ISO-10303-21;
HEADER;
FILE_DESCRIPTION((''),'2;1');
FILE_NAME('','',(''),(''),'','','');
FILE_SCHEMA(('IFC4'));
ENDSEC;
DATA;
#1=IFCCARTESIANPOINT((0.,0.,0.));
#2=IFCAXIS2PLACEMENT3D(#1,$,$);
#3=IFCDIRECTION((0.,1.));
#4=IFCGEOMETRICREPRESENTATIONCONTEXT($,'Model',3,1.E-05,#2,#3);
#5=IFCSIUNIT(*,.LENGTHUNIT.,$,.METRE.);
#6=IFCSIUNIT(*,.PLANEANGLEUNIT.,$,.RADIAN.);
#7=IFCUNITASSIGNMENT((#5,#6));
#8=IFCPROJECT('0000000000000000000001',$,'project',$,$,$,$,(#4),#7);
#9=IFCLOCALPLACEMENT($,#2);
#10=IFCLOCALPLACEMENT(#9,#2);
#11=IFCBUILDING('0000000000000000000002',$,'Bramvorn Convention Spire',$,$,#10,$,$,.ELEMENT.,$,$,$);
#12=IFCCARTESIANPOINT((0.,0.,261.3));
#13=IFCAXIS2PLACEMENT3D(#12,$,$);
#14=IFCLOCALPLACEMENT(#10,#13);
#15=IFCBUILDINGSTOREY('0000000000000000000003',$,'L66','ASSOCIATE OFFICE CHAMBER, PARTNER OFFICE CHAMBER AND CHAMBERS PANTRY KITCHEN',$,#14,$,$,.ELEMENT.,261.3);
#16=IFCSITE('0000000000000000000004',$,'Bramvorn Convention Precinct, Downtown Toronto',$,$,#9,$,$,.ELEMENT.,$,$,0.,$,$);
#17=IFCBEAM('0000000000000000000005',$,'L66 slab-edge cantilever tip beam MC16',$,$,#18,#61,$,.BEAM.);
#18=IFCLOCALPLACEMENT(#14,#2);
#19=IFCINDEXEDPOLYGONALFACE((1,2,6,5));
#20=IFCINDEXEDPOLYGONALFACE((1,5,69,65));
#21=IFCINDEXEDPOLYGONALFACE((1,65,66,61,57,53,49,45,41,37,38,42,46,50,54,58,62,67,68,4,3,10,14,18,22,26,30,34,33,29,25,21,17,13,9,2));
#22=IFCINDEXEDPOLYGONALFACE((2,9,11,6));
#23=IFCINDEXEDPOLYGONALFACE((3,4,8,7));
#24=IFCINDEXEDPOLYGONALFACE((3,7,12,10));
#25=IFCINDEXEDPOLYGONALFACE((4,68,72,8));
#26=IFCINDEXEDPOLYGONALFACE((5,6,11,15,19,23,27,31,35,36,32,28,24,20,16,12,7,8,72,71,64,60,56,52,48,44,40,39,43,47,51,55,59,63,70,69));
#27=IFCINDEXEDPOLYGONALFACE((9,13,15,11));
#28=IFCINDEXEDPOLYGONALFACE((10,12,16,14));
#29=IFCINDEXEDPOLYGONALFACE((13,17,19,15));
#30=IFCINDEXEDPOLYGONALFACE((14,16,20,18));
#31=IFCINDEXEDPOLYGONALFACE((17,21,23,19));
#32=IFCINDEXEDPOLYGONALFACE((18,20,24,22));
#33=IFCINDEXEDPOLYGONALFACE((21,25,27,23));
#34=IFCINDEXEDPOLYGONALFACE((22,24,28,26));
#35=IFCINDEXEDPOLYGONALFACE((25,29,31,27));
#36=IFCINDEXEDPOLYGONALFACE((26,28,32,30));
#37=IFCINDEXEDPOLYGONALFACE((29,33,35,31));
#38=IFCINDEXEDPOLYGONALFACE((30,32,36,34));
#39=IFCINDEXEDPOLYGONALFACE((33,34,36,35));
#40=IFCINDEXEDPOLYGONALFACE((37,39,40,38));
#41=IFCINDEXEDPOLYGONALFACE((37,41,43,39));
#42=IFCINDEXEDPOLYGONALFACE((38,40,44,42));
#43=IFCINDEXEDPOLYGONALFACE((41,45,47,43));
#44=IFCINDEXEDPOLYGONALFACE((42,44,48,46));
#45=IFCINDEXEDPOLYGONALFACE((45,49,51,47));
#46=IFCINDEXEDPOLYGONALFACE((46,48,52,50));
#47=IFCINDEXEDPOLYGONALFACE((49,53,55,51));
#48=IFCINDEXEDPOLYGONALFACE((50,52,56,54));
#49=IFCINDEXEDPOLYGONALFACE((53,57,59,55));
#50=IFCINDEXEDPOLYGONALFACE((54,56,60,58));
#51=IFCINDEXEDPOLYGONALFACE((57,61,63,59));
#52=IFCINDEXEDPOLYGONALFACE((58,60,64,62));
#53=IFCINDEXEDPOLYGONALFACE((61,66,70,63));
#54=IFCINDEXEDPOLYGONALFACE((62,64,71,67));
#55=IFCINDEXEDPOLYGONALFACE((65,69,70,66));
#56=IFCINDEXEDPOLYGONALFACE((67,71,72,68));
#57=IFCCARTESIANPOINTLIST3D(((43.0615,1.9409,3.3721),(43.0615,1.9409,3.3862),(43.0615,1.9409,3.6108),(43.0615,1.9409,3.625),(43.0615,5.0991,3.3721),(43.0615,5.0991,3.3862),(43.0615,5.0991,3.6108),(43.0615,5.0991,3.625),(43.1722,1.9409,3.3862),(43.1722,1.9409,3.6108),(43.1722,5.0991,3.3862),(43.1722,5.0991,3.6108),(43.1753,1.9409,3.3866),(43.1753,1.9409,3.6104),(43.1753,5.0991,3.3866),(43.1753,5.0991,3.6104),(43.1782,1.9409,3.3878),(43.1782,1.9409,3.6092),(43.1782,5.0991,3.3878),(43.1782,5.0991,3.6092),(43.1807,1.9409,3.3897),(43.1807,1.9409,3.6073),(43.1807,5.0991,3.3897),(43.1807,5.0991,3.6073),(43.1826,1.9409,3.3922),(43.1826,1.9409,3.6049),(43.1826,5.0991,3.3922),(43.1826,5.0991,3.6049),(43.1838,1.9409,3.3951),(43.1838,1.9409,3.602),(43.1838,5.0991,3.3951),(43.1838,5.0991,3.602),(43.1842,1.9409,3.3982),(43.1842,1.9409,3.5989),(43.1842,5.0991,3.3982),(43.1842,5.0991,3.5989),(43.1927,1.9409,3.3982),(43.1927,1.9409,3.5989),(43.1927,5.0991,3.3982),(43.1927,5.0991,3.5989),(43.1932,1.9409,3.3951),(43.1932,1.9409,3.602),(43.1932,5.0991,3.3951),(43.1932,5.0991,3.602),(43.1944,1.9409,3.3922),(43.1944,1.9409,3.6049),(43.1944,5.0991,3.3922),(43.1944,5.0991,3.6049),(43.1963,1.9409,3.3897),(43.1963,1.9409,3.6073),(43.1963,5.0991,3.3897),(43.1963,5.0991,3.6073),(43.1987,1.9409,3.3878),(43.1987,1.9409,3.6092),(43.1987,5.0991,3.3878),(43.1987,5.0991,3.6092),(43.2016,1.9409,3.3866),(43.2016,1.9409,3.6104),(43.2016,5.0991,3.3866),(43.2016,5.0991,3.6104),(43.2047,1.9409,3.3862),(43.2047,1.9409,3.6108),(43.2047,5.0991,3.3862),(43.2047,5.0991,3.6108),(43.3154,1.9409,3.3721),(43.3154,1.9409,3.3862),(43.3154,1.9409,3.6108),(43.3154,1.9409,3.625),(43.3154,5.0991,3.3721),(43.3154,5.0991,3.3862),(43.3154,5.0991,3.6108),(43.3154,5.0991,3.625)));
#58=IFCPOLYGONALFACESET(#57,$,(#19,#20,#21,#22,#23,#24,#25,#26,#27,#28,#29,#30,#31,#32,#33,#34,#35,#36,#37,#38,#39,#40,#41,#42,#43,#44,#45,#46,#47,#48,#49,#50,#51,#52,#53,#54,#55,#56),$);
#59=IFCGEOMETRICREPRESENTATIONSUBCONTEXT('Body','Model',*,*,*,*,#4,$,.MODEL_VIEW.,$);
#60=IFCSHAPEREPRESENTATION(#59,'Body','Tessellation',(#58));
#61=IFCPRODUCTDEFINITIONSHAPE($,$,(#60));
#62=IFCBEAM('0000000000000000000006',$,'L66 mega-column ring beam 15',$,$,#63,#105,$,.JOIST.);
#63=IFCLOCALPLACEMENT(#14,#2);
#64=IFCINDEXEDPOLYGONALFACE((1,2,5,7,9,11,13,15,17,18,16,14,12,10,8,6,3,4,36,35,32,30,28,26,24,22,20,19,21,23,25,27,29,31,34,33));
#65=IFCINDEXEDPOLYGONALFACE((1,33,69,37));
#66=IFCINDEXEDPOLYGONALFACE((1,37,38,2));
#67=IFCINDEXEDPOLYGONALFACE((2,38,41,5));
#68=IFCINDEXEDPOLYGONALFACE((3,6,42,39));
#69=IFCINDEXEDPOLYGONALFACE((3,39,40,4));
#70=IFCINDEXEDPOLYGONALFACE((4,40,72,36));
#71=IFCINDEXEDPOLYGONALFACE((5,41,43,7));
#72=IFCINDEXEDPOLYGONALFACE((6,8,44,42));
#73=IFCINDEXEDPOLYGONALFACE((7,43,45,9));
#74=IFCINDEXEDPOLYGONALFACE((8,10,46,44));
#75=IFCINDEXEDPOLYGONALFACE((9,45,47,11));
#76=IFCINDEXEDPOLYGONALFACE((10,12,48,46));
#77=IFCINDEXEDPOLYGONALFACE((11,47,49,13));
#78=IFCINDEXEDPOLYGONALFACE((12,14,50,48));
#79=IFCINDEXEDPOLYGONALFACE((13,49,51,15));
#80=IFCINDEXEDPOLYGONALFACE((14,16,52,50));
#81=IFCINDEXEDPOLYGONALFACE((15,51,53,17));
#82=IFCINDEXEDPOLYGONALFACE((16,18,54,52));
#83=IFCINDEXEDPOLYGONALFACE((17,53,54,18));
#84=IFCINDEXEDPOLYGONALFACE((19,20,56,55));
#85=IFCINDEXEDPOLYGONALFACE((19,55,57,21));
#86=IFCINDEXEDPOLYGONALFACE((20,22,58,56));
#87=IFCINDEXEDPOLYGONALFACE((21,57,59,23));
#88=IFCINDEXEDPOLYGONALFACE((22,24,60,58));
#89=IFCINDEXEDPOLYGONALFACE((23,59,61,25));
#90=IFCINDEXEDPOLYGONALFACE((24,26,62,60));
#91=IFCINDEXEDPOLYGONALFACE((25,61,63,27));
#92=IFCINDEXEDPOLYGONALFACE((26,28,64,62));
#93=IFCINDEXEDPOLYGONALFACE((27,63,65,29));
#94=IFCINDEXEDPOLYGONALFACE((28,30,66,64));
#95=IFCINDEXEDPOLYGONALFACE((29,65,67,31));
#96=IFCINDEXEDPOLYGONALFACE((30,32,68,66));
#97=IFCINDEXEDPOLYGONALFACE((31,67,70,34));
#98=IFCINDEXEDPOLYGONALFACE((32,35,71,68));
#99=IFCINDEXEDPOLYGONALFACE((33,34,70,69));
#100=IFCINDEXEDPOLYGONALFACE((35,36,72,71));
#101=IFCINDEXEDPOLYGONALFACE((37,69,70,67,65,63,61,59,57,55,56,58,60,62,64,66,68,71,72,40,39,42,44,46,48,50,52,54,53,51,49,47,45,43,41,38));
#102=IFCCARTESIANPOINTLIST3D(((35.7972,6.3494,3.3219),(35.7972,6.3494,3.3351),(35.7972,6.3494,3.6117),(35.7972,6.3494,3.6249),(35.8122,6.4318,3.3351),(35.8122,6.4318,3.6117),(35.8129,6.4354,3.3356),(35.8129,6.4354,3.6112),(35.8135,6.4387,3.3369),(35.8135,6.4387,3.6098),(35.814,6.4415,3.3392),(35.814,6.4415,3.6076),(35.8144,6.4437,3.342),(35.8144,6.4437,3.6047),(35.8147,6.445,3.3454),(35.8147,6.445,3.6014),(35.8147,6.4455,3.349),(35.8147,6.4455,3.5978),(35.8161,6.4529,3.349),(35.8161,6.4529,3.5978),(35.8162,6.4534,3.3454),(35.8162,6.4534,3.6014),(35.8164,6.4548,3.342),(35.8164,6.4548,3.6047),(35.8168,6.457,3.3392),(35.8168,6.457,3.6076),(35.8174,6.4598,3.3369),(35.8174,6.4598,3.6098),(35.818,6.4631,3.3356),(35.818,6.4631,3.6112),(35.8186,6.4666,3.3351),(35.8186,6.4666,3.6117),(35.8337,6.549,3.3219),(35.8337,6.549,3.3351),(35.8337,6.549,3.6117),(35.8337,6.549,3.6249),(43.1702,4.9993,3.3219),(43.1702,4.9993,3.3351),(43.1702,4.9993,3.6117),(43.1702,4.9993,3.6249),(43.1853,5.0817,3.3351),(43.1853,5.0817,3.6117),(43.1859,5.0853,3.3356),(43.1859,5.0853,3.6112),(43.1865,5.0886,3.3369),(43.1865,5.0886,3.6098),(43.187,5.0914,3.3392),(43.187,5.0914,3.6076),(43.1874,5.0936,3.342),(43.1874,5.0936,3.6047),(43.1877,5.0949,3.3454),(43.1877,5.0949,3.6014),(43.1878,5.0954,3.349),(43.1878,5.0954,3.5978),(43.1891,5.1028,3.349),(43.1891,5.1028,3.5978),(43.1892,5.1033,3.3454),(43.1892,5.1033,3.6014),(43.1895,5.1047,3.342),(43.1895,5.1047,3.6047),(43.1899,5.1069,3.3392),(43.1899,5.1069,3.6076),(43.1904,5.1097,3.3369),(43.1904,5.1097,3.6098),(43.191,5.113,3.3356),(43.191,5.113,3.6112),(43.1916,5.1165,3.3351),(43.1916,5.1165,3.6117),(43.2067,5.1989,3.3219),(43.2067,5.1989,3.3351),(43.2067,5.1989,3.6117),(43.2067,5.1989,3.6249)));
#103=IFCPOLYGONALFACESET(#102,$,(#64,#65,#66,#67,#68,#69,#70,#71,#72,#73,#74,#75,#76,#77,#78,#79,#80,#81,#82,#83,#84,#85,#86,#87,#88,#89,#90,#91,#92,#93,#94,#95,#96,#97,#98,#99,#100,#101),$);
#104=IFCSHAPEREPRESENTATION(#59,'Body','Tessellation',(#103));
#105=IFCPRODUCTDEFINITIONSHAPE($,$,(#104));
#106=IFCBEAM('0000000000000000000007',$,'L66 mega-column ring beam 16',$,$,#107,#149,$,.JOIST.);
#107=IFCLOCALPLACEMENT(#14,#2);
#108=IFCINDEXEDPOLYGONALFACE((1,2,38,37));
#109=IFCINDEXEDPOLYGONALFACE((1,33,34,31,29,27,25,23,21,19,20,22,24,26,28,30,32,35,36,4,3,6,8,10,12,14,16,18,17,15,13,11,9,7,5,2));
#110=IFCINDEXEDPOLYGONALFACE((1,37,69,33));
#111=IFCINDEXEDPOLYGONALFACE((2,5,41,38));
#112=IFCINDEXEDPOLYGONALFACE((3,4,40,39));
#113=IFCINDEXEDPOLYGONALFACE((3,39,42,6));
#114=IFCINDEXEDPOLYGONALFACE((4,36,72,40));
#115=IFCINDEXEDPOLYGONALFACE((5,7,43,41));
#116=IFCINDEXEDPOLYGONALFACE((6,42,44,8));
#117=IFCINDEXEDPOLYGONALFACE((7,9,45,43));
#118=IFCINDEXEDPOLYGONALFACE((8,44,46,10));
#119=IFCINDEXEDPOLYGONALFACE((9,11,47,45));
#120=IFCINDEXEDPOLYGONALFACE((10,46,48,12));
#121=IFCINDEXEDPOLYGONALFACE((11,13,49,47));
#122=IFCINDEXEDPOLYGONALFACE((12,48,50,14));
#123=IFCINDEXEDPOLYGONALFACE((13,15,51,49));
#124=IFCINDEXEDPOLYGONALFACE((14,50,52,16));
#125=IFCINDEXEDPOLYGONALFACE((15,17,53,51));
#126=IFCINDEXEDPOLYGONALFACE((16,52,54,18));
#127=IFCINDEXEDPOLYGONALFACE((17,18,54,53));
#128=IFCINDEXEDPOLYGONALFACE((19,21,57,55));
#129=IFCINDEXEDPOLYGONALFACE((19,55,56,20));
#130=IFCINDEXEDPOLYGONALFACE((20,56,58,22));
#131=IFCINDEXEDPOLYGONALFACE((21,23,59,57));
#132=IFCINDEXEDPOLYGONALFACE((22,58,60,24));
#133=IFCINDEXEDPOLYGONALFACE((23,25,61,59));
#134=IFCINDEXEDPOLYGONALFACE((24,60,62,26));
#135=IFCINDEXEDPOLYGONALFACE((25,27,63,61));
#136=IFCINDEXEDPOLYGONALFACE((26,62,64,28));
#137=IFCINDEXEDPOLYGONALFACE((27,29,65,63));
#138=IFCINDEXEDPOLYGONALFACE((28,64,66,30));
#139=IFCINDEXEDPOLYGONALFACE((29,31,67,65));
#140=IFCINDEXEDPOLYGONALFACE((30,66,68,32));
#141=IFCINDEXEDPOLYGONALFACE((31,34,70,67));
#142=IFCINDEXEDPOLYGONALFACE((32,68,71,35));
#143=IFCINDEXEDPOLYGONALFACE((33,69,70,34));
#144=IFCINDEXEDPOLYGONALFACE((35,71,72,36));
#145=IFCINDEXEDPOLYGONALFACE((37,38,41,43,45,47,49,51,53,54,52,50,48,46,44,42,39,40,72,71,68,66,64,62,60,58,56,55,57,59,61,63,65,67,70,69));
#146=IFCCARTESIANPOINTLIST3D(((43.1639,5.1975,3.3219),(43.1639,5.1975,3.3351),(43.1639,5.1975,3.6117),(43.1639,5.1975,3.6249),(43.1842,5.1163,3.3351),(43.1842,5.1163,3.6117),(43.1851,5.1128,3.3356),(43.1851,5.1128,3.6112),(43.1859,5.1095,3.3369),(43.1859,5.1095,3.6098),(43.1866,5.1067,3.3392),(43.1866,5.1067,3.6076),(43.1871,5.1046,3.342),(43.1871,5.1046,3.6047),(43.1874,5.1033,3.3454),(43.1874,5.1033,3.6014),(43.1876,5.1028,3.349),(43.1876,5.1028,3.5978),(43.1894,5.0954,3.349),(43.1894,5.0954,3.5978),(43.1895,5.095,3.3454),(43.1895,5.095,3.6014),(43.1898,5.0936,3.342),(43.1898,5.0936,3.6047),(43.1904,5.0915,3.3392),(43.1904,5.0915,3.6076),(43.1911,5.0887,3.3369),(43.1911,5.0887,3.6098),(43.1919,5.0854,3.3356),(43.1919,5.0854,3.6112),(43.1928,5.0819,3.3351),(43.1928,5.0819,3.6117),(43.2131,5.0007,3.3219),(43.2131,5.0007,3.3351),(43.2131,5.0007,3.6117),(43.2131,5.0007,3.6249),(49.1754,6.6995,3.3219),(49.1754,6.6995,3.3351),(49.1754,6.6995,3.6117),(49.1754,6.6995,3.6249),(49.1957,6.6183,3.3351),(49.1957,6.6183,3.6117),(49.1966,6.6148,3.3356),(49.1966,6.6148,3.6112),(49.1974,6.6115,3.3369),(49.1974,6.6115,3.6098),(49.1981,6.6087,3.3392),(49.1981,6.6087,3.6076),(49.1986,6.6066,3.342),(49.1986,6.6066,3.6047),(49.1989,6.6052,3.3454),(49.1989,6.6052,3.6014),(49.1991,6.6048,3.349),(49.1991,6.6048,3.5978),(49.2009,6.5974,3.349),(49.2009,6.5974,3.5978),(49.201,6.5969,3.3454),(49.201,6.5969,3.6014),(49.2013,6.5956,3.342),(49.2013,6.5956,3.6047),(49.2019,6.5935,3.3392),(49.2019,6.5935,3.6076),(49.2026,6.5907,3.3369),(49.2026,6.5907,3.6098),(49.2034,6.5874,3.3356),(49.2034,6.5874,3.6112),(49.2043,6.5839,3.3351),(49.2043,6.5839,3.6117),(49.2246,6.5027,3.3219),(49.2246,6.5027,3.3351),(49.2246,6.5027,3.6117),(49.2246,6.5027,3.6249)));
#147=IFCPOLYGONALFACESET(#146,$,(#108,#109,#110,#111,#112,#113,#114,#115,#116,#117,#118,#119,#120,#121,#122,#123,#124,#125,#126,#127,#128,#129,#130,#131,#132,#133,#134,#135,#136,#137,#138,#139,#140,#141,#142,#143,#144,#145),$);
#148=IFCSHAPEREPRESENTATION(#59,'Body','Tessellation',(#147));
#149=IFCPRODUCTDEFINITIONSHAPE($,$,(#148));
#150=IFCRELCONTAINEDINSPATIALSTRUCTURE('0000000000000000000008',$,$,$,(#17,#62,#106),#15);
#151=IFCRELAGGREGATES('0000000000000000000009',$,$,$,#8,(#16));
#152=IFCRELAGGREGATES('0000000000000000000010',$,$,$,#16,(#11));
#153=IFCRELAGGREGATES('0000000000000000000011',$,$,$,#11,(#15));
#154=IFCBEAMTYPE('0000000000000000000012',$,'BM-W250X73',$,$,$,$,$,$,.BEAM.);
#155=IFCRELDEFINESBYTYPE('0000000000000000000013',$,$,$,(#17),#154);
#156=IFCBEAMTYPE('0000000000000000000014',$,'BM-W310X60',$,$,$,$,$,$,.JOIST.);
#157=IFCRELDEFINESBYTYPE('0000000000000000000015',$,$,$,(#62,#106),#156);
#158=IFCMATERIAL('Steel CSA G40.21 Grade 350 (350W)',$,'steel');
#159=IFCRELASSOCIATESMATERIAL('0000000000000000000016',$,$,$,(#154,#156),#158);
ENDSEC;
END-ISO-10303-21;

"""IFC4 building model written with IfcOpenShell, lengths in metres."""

from ifc_helpers import new_model, si_unit, direction, frame, origin, origin_2d, place, context, subcontext, project, spatial, i_section, extrude, material, material_profile, profile_set, type_object, element, save


model = new_model("IFC4")

# Units and contexts
model_context = context("Model", 3, precision=1e-05, world=origin(), true_north=direction((0.0, 1.0)))
body_context = subcontext(model_context, "Body", "Model", "MODEL_VIEW")
ifc_project = project(units=[si_unit("LENGTHUNIT", "METRE"), si_unit("PLANEANGLEUNIT", "RADIAN")], contexts=[model_context])

# Site, building, storey
site_placement = place(None, origin())
site = spatial("IfcSite", under=ifc_project, at=site_placement, Name="Bramvorn Convention Precinct, Downtown Toronto", CompositionType="ELEMENT", RefElevation=0.0)
building_placement = place(site_placement, origin())
building = spatial("IfcBuilding", under=site, at=building_placement, Name="Bramvorn Convention Spire", CompositionType="ELEMENT")
storey_placement = place(building_placement, frame((0.0, 0.0, 261.3)))
storey = spatial("IfcBuildingStorey", under=building, at=storey_placement, Name="L66", Description="ASSOCIATE OFFICE CHAMBER, PARTNER OFFICE CHAMBER AND CHAMBERS PANTRY KITCHEN", CompositionType="ELEMENT", Elevation=261.3)

# Shared definitions
ifc_material_1 = material(Name="Steel CSA G40.21 Grade 350 (350W)", Category="steel")

# Beams
ifc_material_profile_1 = material_profile(ifc_material_1, i_section(OverallWidth=0.2539, OverallDepth=0.2529, WebThickness=0.0085, FlangeThickness=0.0142, FilletRadius=0.012, at=origin_2d()))
ifc_profile_set_1 = profile_set([ifc_material_profile_1], Name="Steel CSA G40.21 Grade 350 (350W) - W250X73")
beam_type_1 = type_object("IfcBeamType", Name="BM-W250X73", PredefinedType="BEAM", material=ifc_profile_set_1)
beam_1_placement = place(storey_placement, frame((43.1885, 5.0991, 3.4985), z_axis=(0.0, -1.0, 0.0), x_axis=(1.0, 0.0, 0.0)))
element("IfcBeam", 1, at=beam_1_placement, inside=storey, type_object=beam_type_1, Name="L66 slab-edge cantilever tip beam MC16", PredefinedType="BEAM", context=body_context, shape_type="SweptSolid", body=[
    extrude(i_section(OverallWidth=0.2539, OverallDepth=0.2529, WebThickness=0.0085, FlangeThickness=0.0142, FilletRadius=0.012, at=origin_2d()), origin(), (0.0, 0.0, 1.0), 3.1582),
])
ifc_material_profile_2 = material_profile(ifc_material_1, i_section(OverallWidth=0.2029, OverallDepth=0.303, WebThickness=0.0076, FlangeThickness=0.0132, FilletRadius=0.0139, at=origin_2d()))
ifc_profile_set_2 = profile_set([ifc_material_profile_2], Name="Steel CSA G40.21 Grade 350 (350W) - W310X60")
beam_type_2 = type_object("IfcBeamType", Name="BM-W310X60", PredefinedType="JOIST", material=ifc_profile_set_2)
beam_2_placement = place(storey_placement, frame((35.8154, 6.4492, 3.4734), z_axis=(0.983645, -0.180118, 0.0), x_axis=(0.180118, 0.983645, 0.0)))
element("IfcBeam", 2, at=beam_2_placement, inside=storey, type_object=beam_type_2, Name="L66 mega-column ring beam 15", PredefinedType="JOIST", context=body_context, shape_type="SweptSolid", body=[
    extrude(i_section(OverallWidth=0.2029, OverallDepth=0.303, WebThickness=0.0076, FlangeThickness=0.0132, FilletRadius=0.0139, at=origin_2d()), origin(), (0.0, 0.0, 1.0), 7.4956),
])
beam_3_placement = place(storey_placement, frame((43.1885, 5.0991, 3.4734), z_axis=(0.970177, 0.242397, 0.0), x_axis=(-0.242397, 0.970177, 0.0)))
element("IfcBeam", 3, at=beam_3_placement, inside=storey, type_object=beam_type_2, Name="L66 mega-column ring beam 16", PredefinedType="JOIST", context=body_context, shape_type="SweptSolid", body=[
    extrude(i_section(OverallWidth=0.2029, OverallDepth=0.303, WebThickness=0.0076, FlangeThickness=0.0132, FilletRadius=0.0139, at=origin_2d()), origin(), (0.0, 0.0, 1.0), 6.1963),
])

save(model, "model.ifc")
